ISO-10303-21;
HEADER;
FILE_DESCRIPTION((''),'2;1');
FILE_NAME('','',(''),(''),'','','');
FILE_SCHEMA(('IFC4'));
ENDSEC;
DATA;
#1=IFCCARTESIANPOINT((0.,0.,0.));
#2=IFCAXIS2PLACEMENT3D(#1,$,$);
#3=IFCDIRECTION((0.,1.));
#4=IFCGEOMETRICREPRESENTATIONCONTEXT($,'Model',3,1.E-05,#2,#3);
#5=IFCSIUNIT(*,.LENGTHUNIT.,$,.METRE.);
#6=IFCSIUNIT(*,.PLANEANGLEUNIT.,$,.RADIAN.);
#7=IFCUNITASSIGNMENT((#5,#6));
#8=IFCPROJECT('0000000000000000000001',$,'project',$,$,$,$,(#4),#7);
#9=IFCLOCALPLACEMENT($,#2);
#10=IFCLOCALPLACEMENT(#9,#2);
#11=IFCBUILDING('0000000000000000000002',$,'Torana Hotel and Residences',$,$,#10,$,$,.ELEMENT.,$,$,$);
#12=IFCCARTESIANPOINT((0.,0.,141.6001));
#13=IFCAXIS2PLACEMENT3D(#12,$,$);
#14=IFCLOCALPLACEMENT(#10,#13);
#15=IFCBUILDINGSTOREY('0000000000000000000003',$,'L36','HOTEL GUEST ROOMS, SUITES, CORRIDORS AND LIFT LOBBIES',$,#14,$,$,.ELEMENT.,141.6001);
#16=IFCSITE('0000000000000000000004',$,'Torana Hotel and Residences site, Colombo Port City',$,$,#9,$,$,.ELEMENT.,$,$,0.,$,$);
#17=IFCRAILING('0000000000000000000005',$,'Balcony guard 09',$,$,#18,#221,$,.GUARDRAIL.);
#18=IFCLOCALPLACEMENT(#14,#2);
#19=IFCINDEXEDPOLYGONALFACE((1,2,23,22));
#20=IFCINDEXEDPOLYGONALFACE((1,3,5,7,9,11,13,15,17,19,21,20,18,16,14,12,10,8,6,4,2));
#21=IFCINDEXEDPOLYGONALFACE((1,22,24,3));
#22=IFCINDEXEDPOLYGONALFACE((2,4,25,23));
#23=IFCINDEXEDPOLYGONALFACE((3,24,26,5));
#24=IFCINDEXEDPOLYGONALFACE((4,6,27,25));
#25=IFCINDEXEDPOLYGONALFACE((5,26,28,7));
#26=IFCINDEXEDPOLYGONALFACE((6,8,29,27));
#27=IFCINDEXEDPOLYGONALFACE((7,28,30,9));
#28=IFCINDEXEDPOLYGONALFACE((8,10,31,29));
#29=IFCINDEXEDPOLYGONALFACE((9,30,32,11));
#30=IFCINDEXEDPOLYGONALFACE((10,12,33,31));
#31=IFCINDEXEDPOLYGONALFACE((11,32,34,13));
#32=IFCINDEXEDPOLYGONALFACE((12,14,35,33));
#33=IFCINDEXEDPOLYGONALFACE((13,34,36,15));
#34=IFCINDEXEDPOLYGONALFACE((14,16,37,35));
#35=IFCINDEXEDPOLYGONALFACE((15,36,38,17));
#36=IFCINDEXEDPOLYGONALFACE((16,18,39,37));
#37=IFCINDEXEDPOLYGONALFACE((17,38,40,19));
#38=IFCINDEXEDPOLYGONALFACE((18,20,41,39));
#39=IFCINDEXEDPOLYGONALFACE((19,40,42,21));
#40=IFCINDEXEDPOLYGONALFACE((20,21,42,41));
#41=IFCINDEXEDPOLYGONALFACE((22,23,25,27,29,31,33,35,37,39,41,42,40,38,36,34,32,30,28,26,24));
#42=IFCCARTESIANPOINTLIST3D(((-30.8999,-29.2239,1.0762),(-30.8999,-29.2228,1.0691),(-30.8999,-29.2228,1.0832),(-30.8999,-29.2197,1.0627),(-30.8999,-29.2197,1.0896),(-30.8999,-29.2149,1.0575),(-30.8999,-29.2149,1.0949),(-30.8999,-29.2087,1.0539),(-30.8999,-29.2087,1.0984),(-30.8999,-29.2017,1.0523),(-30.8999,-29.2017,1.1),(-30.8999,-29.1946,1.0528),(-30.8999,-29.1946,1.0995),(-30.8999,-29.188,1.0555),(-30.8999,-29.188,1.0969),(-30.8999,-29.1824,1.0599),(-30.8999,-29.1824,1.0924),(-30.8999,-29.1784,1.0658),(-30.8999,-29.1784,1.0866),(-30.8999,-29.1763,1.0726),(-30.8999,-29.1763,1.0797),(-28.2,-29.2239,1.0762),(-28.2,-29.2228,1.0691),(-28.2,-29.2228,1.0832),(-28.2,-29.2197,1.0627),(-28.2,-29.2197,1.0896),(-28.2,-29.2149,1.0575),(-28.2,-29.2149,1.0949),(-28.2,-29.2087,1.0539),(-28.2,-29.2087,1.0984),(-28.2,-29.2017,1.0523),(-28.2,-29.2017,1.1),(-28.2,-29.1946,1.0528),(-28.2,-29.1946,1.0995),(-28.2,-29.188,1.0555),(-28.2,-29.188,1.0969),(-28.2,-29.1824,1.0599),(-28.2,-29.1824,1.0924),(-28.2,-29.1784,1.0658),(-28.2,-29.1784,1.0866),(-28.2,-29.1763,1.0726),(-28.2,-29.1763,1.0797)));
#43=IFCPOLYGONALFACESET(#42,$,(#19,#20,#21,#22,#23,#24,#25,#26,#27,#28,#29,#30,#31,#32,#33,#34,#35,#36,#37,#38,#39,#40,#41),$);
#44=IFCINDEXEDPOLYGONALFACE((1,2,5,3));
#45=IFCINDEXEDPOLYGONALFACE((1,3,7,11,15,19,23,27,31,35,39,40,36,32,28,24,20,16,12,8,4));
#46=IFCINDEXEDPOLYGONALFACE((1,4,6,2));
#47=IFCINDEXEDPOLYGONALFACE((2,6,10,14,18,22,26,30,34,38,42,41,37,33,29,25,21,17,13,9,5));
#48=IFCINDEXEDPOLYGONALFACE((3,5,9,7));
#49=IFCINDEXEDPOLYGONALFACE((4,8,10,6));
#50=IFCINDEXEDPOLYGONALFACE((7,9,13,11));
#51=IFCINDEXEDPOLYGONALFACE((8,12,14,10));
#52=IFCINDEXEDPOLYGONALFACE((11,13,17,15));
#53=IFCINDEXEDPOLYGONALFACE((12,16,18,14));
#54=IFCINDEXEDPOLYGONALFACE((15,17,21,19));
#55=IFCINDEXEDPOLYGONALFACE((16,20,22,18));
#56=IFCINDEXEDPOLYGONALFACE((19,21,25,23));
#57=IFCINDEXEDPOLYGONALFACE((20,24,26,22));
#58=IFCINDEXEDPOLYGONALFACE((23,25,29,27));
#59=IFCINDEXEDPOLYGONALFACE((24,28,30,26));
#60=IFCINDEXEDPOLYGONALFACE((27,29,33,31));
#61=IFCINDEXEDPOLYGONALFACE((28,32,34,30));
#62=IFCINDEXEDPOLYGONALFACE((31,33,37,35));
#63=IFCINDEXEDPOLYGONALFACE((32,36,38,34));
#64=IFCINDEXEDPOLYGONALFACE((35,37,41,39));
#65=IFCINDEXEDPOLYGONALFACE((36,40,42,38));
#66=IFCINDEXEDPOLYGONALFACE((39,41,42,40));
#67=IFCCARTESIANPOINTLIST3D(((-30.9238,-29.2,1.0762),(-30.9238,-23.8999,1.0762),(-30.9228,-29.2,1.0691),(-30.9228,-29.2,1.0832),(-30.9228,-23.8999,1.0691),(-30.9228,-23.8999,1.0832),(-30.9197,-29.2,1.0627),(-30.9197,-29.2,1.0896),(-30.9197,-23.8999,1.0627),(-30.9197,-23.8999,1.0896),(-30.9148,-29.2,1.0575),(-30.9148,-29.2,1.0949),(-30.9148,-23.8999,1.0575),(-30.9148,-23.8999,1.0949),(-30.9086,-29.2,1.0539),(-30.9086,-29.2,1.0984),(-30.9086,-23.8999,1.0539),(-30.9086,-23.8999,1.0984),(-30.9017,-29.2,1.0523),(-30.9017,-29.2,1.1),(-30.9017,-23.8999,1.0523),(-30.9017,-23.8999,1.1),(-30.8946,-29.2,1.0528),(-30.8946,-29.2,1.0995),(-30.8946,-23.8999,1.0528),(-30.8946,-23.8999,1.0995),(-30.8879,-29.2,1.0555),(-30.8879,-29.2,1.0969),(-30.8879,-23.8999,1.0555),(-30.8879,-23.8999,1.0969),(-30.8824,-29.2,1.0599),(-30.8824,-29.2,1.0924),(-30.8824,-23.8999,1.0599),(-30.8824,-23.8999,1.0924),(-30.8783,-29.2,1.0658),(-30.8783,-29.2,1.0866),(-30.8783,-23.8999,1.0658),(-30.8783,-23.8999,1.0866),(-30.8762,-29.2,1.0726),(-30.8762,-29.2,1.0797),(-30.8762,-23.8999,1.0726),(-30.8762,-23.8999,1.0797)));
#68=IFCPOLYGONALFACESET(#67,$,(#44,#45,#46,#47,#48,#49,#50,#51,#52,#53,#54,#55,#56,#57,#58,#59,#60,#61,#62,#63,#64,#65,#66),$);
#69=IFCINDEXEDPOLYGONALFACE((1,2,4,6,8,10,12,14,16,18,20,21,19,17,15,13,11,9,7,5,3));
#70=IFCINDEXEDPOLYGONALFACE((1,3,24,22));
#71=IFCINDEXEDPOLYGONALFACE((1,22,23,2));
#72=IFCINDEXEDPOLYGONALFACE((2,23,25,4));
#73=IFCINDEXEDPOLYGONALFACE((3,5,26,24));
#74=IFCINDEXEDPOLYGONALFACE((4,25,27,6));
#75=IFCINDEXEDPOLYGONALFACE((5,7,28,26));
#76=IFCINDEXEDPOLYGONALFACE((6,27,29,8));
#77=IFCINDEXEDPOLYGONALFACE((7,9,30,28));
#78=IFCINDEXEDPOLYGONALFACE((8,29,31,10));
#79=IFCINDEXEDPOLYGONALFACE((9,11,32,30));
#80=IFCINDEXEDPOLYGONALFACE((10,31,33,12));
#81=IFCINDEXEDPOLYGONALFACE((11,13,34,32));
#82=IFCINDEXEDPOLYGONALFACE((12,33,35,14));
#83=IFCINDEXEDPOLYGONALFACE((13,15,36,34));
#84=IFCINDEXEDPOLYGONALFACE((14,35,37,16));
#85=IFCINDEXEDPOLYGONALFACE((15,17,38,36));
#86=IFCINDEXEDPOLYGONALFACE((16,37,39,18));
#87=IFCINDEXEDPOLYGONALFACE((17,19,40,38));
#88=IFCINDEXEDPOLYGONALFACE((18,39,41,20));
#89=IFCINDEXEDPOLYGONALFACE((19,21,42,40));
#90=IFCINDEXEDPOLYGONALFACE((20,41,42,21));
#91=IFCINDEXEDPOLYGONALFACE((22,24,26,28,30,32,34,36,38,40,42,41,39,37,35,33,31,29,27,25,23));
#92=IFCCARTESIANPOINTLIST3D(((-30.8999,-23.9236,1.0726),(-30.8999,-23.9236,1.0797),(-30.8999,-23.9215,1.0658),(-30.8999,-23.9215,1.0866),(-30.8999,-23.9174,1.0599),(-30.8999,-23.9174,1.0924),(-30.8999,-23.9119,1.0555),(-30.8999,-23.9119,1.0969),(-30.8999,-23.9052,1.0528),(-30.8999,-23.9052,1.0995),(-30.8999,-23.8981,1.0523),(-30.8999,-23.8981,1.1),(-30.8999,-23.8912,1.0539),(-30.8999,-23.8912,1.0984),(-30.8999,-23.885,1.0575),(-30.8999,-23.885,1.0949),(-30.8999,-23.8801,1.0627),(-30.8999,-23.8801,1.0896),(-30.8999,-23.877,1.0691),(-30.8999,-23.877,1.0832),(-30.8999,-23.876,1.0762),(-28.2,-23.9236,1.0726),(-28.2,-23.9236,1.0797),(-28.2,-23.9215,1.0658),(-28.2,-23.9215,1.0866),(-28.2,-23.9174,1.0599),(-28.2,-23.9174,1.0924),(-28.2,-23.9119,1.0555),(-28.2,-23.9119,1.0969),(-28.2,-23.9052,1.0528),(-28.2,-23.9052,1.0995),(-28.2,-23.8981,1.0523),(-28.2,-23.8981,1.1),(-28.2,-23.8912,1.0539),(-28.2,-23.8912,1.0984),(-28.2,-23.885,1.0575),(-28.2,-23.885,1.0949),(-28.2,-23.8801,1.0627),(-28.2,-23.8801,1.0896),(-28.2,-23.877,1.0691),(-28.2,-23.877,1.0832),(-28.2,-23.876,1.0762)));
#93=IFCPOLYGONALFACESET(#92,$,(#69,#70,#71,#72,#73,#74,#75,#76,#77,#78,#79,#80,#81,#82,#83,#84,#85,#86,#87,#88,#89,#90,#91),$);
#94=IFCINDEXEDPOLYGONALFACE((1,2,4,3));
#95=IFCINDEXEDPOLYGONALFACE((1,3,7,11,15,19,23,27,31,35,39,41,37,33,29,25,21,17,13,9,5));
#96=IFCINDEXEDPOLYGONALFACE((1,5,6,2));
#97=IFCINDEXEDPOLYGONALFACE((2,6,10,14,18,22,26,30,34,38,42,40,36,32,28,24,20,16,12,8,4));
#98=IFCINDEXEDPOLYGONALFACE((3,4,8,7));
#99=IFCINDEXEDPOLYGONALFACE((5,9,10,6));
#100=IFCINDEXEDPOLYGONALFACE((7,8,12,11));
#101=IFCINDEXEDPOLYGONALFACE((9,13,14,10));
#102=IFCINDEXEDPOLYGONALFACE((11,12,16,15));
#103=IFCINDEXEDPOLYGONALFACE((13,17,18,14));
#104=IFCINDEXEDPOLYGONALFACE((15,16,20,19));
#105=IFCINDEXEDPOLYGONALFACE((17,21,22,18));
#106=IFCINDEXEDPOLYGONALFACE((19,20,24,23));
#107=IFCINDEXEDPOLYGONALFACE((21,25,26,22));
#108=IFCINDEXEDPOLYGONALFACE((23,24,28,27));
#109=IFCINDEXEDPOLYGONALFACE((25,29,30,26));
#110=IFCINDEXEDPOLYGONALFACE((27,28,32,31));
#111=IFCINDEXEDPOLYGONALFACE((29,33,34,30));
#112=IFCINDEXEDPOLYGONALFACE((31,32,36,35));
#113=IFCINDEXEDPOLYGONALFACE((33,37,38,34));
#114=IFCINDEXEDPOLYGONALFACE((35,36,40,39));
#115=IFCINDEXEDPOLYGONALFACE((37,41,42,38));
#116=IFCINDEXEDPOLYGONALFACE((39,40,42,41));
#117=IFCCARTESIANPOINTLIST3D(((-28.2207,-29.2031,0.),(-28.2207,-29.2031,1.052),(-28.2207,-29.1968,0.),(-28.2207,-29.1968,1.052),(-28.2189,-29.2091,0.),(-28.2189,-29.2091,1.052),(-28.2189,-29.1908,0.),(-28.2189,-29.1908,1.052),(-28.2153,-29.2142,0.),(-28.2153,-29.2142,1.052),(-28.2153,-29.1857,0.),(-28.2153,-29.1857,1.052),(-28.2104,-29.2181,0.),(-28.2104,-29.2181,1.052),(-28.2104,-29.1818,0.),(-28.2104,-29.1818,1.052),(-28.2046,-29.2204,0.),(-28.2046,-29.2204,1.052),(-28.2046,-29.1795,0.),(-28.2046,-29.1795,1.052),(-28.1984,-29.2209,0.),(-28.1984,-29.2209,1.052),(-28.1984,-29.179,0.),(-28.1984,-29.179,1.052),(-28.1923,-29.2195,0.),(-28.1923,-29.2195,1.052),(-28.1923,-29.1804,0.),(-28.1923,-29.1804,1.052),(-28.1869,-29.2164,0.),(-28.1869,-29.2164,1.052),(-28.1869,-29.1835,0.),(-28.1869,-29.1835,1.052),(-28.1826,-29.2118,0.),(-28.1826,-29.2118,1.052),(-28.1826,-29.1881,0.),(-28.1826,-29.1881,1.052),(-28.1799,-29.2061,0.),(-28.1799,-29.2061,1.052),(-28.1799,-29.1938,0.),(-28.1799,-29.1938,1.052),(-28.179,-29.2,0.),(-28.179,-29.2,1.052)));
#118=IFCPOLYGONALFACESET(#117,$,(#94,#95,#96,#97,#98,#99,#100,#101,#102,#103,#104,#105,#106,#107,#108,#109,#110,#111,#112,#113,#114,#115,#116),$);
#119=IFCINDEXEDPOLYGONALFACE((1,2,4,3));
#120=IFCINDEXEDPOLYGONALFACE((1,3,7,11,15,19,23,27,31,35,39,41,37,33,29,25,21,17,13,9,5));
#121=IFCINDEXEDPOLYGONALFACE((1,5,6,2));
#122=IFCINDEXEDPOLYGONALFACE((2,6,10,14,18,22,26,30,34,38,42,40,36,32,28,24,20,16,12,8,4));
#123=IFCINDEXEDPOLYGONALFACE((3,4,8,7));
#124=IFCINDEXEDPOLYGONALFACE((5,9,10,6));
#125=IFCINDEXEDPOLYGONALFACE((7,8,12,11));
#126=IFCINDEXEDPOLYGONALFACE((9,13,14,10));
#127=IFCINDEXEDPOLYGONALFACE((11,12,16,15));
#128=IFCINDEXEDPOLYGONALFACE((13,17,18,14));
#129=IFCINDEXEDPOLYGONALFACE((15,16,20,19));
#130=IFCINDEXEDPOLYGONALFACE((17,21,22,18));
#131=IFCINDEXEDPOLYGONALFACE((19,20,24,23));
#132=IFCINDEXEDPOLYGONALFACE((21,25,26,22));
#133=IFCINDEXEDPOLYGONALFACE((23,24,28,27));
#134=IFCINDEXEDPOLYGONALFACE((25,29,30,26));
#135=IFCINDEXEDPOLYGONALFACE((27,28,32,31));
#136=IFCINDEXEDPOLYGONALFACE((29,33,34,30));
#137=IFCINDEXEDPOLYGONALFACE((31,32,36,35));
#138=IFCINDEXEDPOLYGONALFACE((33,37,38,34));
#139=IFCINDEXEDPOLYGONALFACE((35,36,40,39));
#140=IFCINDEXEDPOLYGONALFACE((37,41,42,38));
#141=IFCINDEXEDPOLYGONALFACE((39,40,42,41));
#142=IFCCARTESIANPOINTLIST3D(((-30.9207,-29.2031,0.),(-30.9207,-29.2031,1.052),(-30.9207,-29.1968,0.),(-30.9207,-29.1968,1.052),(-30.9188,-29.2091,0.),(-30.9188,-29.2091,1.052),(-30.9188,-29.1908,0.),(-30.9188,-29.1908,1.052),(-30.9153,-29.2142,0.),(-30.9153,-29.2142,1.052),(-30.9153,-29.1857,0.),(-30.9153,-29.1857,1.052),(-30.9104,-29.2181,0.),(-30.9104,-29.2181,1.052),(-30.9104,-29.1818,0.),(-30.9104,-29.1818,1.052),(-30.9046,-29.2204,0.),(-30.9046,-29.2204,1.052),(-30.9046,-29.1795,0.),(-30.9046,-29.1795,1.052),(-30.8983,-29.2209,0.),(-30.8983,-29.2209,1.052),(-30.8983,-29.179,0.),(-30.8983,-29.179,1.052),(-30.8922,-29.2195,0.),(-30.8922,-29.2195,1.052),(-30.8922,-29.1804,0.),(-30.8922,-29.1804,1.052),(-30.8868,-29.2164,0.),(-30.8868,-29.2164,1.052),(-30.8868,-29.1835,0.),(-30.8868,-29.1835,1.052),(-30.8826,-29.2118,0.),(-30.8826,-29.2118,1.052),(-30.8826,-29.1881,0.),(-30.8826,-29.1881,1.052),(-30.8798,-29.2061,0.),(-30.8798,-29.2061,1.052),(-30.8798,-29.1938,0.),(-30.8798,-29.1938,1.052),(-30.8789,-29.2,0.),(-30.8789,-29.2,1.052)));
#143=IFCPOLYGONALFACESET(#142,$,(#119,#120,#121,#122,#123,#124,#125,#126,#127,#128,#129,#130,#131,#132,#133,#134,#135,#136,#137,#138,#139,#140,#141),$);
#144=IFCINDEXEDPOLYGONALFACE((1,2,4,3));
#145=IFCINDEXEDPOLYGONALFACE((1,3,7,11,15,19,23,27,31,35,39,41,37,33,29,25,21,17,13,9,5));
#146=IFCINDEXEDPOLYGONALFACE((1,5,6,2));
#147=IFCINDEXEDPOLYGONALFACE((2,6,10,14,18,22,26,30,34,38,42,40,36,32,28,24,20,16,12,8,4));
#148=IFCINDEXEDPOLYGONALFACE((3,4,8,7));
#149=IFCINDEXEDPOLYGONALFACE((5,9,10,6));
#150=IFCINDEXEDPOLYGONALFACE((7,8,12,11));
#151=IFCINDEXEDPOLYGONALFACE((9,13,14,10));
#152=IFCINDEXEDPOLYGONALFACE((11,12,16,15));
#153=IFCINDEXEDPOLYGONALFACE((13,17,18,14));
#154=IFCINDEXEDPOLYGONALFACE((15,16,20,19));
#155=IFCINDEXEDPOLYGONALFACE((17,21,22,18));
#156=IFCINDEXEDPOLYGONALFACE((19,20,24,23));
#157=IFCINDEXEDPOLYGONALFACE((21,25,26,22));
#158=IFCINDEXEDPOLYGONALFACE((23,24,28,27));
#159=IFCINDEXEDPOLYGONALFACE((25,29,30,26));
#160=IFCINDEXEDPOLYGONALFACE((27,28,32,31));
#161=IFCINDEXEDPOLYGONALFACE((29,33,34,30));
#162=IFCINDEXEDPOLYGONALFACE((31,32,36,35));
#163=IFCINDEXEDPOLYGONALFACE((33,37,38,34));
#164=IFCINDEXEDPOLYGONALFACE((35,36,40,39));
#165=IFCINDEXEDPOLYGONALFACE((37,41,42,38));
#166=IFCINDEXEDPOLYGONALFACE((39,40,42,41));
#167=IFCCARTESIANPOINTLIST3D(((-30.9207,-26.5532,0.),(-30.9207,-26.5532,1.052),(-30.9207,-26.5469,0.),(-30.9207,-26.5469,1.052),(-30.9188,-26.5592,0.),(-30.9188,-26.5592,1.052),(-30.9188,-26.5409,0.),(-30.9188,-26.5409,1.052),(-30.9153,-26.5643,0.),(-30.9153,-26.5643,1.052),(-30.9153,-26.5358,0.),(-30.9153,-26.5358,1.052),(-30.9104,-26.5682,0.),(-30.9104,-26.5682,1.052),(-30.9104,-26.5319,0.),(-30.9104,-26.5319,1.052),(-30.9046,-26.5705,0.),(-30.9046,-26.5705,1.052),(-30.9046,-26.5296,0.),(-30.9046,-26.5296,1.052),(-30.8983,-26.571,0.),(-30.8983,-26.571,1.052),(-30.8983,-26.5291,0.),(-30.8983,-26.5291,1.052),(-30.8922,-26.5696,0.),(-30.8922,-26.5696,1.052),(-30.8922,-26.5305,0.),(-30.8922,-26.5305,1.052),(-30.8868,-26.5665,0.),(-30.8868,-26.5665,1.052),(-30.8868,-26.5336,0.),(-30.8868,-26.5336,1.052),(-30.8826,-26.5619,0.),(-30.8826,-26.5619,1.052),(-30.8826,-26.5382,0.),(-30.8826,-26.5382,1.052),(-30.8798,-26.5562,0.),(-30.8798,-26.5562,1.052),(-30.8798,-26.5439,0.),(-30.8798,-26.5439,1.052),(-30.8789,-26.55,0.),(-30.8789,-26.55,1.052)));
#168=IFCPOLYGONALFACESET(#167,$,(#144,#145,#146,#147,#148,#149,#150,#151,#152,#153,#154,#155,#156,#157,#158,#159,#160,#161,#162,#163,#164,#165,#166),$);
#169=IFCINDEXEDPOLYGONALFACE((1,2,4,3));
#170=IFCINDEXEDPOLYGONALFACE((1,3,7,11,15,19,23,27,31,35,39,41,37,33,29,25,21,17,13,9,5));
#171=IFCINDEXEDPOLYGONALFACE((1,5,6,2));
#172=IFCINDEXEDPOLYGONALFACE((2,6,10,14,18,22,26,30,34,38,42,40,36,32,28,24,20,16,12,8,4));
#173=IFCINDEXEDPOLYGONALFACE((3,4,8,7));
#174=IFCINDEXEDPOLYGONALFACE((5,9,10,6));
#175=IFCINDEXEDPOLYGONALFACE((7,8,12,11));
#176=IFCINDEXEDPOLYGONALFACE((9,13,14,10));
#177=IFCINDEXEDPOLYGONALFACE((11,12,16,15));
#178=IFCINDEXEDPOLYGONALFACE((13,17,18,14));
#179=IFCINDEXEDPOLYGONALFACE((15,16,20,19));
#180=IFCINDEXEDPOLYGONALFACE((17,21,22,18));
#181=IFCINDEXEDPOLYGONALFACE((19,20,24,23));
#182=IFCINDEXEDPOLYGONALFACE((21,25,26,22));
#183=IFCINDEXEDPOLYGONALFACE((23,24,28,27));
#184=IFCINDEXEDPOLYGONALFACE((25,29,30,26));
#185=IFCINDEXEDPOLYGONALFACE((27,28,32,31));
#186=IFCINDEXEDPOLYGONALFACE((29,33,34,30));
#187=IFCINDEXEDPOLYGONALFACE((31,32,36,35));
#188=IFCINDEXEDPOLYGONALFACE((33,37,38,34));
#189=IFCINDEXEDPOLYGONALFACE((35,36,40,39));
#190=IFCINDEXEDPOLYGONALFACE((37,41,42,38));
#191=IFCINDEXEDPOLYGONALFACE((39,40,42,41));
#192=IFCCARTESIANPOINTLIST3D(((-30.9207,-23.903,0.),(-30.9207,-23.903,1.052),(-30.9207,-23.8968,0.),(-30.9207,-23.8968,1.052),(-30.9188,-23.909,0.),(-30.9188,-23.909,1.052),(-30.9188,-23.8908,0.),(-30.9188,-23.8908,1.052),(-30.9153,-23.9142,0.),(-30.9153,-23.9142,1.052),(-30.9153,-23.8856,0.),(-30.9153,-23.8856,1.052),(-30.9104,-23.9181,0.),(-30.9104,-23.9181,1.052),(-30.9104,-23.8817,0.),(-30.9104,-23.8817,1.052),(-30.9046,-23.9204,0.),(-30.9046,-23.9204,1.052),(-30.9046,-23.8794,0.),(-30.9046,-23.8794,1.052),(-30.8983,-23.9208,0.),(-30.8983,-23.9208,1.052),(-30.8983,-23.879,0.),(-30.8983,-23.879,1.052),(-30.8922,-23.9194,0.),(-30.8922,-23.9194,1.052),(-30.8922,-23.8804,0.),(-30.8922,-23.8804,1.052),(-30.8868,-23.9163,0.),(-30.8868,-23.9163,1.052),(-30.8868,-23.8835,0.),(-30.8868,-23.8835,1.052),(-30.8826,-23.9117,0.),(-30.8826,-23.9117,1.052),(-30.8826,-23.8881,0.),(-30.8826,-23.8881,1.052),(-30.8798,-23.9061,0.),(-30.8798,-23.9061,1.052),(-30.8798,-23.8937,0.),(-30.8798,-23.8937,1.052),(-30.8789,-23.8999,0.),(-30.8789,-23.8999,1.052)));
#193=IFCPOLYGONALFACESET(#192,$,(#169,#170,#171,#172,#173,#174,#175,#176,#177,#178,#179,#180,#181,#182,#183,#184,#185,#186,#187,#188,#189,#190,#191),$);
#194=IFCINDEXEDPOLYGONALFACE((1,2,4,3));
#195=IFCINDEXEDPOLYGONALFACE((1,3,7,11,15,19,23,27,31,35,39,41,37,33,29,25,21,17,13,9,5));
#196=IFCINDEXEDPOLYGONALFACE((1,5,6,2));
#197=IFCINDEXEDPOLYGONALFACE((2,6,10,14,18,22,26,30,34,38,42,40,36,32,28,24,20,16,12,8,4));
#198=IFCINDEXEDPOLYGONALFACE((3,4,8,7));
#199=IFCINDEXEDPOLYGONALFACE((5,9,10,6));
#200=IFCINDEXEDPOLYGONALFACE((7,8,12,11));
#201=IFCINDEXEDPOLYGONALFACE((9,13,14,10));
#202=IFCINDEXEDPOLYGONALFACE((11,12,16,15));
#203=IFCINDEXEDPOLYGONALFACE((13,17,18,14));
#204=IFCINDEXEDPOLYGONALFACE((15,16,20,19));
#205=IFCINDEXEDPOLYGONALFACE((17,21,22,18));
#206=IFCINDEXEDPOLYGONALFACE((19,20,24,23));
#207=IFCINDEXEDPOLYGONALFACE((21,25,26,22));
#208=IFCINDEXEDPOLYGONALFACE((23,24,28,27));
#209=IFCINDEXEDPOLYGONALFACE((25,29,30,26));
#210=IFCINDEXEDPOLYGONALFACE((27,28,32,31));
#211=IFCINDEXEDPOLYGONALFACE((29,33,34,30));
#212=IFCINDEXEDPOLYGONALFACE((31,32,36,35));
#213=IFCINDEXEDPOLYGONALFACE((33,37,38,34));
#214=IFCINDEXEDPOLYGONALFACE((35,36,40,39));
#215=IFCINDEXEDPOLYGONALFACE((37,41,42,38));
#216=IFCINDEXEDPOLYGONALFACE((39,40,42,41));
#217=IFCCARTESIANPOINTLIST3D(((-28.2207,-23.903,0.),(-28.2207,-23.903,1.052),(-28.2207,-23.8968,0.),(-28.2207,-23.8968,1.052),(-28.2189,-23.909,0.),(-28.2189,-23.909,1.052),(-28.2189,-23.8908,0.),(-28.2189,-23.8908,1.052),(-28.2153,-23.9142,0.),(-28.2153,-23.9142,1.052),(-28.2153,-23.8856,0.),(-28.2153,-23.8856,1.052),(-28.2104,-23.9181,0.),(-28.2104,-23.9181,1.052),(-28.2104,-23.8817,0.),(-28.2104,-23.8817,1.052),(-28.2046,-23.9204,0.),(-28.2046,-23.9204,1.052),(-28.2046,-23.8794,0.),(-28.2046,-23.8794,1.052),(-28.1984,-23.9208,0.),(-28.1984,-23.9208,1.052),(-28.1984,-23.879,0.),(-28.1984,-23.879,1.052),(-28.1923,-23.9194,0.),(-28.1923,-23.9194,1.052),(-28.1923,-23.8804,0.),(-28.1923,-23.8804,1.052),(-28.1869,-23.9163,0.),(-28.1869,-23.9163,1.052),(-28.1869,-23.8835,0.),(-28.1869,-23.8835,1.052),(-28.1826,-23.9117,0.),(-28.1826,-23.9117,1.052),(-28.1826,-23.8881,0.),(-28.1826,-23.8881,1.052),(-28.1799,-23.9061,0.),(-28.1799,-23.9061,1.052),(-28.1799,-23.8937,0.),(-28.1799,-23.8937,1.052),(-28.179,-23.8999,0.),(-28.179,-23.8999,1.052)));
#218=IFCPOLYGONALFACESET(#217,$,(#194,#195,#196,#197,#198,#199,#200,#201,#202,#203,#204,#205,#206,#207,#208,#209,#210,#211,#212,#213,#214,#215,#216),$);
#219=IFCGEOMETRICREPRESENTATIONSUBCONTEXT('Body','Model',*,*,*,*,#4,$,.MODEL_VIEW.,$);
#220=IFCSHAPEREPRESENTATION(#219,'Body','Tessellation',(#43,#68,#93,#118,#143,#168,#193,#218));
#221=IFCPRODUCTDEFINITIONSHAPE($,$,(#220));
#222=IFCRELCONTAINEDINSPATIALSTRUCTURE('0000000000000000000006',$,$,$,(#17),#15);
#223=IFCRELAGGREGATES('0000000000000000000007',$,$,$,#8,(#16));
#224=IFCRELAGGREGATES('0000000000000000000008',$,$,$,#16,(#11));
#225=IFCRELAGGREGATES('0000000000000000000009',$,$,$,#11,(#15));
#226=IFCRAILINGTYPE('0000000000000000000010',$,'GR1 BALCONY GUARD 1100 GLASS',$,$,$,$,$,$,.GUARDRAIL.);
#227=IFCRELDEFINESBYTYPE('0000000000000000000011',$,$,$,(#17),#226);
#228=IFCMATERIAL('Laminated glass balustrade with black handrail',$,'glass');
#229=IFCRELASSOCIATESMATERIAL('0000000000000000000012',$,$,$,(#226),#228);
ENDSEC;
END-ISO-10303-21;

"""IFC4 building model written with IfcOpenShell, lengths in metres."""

from ifc_helpers import new_model, si_unit, direction, frame, origin, origin_2d, place, context, subcontext, project, spatial, circle, extrude, material, type_object, element, save


model = new_model("IFC4")

# Units and contexts
model_context = context("Model", 3, precision=1e-05, world=origin(), true_north=direction((0.0, 1.0)))
body_context = subcontext(model_context, "Body", "Model", "MODEL_VIEW")
ifc_project = project(units=[si_unit("LENGTHUNIT", "METRE"), si_unit("PLANEANGLEUNIT", "RADIAN")], contexts=[model_context])

# Site, building, storey
site_placement = place(None, origin())
site = spatial("IfcSite", under=ifc_project, at=site_placement, Name="Torana Hotel and Residences site, Colombo Port City", CompositionType="ELEMENT", RefElevation=0.0)
building_placement = place(site_placement, origin())
building = spatial("IfcBuilding", under=site, at=building_placement, Name="Torana Hotel and Residences", CompositionType="ELEMENT")
storey_placement = place(building_placement, frame((0.0, 0.0, 141.6001)))
storey = spatial("IfcBuildingStorey", under=building, at=storey_placement, Name="L36", Description="HOTEL GUEST ROOMS, SUITES, CORRIDORS AND LIFT LOBBIES", CompositionType="ELEMENT", Elevation=141.6001)

# Railing
ifc_material_1 = material(Name="Laminated glass balustrade with black handrail", Category="glass")
railing_type = type_object("IfcRailingType", Name="GR1 BALCONY GUARD 1100 GLASS", PredefinedType="GUARDRAIL", material=ifc_material_1)
railing_placement = place(storey_placement, frame((-28.2, -29.2, 0.0)))
element("IfcRailing", 1, at=railing_placement, inside=storey, type_object=railing_type, Name="Balcony guard 09", PredefinedType="GUARDRAIL", context=body_context, shape_type="SweptSolid", body=[
    extrude(circle(Radius=0.0239, at=origin_2d()), frame((0.0, 0.0, 1.0762), z_axis=(-1.0, 0.0, 0.0), x_axis=(0.0, -1.0, 0.0)), (0.0, 0.0, 1.0), 2.7),
    extrude(circle(Radius=0.0239, at=origin_2d()), frame((-2.7, 0.0, 1.0762), z_axis=(0.0, 1.0, 0.0), x_axis=(-1.0, 0.0, 0.0)), (0.0, 0.0, 1.0), 5.3),
    extrude(circle(Radius=0.0239, at=origin_2d()), frame((-2.7, 5.3, 1.0762), z_axis=(1.0, 0.0, 0.0), x_axis=(0.0, 1.0, 0.0)), (0.0, 0.0, 1.0), 2.7),
    extrude(circle(Radius=0.021, at=origin_2d()), origin(), (0.0, 0.0, 1.0), 1.052),
    extrude(circle(Radius=0.021, at=origin_2d()), frame((-2.7, 0.0, 0.0)), (0.0, 0.0, 1.0), 1.052),
    extrude(circle(Radius=0.021, at=origin_2d()), frame((-2.7, 2.6499, 0.0)), (0.0, 0.0, 1.0), 1.052),
    extrude(circle(Radius=0.021, at=origin_2d()), frame((-2.7, 5.3, 0.0)), (0.0, 0.0, 1.0), 1.052),
    extrude(circle(Radius=0.021, at=origin_2d()), frame((0.0, 5.3, 0.0)), (0.0, 0.0, 1.0), 1.052),
])

save(model, "model.ifc")
